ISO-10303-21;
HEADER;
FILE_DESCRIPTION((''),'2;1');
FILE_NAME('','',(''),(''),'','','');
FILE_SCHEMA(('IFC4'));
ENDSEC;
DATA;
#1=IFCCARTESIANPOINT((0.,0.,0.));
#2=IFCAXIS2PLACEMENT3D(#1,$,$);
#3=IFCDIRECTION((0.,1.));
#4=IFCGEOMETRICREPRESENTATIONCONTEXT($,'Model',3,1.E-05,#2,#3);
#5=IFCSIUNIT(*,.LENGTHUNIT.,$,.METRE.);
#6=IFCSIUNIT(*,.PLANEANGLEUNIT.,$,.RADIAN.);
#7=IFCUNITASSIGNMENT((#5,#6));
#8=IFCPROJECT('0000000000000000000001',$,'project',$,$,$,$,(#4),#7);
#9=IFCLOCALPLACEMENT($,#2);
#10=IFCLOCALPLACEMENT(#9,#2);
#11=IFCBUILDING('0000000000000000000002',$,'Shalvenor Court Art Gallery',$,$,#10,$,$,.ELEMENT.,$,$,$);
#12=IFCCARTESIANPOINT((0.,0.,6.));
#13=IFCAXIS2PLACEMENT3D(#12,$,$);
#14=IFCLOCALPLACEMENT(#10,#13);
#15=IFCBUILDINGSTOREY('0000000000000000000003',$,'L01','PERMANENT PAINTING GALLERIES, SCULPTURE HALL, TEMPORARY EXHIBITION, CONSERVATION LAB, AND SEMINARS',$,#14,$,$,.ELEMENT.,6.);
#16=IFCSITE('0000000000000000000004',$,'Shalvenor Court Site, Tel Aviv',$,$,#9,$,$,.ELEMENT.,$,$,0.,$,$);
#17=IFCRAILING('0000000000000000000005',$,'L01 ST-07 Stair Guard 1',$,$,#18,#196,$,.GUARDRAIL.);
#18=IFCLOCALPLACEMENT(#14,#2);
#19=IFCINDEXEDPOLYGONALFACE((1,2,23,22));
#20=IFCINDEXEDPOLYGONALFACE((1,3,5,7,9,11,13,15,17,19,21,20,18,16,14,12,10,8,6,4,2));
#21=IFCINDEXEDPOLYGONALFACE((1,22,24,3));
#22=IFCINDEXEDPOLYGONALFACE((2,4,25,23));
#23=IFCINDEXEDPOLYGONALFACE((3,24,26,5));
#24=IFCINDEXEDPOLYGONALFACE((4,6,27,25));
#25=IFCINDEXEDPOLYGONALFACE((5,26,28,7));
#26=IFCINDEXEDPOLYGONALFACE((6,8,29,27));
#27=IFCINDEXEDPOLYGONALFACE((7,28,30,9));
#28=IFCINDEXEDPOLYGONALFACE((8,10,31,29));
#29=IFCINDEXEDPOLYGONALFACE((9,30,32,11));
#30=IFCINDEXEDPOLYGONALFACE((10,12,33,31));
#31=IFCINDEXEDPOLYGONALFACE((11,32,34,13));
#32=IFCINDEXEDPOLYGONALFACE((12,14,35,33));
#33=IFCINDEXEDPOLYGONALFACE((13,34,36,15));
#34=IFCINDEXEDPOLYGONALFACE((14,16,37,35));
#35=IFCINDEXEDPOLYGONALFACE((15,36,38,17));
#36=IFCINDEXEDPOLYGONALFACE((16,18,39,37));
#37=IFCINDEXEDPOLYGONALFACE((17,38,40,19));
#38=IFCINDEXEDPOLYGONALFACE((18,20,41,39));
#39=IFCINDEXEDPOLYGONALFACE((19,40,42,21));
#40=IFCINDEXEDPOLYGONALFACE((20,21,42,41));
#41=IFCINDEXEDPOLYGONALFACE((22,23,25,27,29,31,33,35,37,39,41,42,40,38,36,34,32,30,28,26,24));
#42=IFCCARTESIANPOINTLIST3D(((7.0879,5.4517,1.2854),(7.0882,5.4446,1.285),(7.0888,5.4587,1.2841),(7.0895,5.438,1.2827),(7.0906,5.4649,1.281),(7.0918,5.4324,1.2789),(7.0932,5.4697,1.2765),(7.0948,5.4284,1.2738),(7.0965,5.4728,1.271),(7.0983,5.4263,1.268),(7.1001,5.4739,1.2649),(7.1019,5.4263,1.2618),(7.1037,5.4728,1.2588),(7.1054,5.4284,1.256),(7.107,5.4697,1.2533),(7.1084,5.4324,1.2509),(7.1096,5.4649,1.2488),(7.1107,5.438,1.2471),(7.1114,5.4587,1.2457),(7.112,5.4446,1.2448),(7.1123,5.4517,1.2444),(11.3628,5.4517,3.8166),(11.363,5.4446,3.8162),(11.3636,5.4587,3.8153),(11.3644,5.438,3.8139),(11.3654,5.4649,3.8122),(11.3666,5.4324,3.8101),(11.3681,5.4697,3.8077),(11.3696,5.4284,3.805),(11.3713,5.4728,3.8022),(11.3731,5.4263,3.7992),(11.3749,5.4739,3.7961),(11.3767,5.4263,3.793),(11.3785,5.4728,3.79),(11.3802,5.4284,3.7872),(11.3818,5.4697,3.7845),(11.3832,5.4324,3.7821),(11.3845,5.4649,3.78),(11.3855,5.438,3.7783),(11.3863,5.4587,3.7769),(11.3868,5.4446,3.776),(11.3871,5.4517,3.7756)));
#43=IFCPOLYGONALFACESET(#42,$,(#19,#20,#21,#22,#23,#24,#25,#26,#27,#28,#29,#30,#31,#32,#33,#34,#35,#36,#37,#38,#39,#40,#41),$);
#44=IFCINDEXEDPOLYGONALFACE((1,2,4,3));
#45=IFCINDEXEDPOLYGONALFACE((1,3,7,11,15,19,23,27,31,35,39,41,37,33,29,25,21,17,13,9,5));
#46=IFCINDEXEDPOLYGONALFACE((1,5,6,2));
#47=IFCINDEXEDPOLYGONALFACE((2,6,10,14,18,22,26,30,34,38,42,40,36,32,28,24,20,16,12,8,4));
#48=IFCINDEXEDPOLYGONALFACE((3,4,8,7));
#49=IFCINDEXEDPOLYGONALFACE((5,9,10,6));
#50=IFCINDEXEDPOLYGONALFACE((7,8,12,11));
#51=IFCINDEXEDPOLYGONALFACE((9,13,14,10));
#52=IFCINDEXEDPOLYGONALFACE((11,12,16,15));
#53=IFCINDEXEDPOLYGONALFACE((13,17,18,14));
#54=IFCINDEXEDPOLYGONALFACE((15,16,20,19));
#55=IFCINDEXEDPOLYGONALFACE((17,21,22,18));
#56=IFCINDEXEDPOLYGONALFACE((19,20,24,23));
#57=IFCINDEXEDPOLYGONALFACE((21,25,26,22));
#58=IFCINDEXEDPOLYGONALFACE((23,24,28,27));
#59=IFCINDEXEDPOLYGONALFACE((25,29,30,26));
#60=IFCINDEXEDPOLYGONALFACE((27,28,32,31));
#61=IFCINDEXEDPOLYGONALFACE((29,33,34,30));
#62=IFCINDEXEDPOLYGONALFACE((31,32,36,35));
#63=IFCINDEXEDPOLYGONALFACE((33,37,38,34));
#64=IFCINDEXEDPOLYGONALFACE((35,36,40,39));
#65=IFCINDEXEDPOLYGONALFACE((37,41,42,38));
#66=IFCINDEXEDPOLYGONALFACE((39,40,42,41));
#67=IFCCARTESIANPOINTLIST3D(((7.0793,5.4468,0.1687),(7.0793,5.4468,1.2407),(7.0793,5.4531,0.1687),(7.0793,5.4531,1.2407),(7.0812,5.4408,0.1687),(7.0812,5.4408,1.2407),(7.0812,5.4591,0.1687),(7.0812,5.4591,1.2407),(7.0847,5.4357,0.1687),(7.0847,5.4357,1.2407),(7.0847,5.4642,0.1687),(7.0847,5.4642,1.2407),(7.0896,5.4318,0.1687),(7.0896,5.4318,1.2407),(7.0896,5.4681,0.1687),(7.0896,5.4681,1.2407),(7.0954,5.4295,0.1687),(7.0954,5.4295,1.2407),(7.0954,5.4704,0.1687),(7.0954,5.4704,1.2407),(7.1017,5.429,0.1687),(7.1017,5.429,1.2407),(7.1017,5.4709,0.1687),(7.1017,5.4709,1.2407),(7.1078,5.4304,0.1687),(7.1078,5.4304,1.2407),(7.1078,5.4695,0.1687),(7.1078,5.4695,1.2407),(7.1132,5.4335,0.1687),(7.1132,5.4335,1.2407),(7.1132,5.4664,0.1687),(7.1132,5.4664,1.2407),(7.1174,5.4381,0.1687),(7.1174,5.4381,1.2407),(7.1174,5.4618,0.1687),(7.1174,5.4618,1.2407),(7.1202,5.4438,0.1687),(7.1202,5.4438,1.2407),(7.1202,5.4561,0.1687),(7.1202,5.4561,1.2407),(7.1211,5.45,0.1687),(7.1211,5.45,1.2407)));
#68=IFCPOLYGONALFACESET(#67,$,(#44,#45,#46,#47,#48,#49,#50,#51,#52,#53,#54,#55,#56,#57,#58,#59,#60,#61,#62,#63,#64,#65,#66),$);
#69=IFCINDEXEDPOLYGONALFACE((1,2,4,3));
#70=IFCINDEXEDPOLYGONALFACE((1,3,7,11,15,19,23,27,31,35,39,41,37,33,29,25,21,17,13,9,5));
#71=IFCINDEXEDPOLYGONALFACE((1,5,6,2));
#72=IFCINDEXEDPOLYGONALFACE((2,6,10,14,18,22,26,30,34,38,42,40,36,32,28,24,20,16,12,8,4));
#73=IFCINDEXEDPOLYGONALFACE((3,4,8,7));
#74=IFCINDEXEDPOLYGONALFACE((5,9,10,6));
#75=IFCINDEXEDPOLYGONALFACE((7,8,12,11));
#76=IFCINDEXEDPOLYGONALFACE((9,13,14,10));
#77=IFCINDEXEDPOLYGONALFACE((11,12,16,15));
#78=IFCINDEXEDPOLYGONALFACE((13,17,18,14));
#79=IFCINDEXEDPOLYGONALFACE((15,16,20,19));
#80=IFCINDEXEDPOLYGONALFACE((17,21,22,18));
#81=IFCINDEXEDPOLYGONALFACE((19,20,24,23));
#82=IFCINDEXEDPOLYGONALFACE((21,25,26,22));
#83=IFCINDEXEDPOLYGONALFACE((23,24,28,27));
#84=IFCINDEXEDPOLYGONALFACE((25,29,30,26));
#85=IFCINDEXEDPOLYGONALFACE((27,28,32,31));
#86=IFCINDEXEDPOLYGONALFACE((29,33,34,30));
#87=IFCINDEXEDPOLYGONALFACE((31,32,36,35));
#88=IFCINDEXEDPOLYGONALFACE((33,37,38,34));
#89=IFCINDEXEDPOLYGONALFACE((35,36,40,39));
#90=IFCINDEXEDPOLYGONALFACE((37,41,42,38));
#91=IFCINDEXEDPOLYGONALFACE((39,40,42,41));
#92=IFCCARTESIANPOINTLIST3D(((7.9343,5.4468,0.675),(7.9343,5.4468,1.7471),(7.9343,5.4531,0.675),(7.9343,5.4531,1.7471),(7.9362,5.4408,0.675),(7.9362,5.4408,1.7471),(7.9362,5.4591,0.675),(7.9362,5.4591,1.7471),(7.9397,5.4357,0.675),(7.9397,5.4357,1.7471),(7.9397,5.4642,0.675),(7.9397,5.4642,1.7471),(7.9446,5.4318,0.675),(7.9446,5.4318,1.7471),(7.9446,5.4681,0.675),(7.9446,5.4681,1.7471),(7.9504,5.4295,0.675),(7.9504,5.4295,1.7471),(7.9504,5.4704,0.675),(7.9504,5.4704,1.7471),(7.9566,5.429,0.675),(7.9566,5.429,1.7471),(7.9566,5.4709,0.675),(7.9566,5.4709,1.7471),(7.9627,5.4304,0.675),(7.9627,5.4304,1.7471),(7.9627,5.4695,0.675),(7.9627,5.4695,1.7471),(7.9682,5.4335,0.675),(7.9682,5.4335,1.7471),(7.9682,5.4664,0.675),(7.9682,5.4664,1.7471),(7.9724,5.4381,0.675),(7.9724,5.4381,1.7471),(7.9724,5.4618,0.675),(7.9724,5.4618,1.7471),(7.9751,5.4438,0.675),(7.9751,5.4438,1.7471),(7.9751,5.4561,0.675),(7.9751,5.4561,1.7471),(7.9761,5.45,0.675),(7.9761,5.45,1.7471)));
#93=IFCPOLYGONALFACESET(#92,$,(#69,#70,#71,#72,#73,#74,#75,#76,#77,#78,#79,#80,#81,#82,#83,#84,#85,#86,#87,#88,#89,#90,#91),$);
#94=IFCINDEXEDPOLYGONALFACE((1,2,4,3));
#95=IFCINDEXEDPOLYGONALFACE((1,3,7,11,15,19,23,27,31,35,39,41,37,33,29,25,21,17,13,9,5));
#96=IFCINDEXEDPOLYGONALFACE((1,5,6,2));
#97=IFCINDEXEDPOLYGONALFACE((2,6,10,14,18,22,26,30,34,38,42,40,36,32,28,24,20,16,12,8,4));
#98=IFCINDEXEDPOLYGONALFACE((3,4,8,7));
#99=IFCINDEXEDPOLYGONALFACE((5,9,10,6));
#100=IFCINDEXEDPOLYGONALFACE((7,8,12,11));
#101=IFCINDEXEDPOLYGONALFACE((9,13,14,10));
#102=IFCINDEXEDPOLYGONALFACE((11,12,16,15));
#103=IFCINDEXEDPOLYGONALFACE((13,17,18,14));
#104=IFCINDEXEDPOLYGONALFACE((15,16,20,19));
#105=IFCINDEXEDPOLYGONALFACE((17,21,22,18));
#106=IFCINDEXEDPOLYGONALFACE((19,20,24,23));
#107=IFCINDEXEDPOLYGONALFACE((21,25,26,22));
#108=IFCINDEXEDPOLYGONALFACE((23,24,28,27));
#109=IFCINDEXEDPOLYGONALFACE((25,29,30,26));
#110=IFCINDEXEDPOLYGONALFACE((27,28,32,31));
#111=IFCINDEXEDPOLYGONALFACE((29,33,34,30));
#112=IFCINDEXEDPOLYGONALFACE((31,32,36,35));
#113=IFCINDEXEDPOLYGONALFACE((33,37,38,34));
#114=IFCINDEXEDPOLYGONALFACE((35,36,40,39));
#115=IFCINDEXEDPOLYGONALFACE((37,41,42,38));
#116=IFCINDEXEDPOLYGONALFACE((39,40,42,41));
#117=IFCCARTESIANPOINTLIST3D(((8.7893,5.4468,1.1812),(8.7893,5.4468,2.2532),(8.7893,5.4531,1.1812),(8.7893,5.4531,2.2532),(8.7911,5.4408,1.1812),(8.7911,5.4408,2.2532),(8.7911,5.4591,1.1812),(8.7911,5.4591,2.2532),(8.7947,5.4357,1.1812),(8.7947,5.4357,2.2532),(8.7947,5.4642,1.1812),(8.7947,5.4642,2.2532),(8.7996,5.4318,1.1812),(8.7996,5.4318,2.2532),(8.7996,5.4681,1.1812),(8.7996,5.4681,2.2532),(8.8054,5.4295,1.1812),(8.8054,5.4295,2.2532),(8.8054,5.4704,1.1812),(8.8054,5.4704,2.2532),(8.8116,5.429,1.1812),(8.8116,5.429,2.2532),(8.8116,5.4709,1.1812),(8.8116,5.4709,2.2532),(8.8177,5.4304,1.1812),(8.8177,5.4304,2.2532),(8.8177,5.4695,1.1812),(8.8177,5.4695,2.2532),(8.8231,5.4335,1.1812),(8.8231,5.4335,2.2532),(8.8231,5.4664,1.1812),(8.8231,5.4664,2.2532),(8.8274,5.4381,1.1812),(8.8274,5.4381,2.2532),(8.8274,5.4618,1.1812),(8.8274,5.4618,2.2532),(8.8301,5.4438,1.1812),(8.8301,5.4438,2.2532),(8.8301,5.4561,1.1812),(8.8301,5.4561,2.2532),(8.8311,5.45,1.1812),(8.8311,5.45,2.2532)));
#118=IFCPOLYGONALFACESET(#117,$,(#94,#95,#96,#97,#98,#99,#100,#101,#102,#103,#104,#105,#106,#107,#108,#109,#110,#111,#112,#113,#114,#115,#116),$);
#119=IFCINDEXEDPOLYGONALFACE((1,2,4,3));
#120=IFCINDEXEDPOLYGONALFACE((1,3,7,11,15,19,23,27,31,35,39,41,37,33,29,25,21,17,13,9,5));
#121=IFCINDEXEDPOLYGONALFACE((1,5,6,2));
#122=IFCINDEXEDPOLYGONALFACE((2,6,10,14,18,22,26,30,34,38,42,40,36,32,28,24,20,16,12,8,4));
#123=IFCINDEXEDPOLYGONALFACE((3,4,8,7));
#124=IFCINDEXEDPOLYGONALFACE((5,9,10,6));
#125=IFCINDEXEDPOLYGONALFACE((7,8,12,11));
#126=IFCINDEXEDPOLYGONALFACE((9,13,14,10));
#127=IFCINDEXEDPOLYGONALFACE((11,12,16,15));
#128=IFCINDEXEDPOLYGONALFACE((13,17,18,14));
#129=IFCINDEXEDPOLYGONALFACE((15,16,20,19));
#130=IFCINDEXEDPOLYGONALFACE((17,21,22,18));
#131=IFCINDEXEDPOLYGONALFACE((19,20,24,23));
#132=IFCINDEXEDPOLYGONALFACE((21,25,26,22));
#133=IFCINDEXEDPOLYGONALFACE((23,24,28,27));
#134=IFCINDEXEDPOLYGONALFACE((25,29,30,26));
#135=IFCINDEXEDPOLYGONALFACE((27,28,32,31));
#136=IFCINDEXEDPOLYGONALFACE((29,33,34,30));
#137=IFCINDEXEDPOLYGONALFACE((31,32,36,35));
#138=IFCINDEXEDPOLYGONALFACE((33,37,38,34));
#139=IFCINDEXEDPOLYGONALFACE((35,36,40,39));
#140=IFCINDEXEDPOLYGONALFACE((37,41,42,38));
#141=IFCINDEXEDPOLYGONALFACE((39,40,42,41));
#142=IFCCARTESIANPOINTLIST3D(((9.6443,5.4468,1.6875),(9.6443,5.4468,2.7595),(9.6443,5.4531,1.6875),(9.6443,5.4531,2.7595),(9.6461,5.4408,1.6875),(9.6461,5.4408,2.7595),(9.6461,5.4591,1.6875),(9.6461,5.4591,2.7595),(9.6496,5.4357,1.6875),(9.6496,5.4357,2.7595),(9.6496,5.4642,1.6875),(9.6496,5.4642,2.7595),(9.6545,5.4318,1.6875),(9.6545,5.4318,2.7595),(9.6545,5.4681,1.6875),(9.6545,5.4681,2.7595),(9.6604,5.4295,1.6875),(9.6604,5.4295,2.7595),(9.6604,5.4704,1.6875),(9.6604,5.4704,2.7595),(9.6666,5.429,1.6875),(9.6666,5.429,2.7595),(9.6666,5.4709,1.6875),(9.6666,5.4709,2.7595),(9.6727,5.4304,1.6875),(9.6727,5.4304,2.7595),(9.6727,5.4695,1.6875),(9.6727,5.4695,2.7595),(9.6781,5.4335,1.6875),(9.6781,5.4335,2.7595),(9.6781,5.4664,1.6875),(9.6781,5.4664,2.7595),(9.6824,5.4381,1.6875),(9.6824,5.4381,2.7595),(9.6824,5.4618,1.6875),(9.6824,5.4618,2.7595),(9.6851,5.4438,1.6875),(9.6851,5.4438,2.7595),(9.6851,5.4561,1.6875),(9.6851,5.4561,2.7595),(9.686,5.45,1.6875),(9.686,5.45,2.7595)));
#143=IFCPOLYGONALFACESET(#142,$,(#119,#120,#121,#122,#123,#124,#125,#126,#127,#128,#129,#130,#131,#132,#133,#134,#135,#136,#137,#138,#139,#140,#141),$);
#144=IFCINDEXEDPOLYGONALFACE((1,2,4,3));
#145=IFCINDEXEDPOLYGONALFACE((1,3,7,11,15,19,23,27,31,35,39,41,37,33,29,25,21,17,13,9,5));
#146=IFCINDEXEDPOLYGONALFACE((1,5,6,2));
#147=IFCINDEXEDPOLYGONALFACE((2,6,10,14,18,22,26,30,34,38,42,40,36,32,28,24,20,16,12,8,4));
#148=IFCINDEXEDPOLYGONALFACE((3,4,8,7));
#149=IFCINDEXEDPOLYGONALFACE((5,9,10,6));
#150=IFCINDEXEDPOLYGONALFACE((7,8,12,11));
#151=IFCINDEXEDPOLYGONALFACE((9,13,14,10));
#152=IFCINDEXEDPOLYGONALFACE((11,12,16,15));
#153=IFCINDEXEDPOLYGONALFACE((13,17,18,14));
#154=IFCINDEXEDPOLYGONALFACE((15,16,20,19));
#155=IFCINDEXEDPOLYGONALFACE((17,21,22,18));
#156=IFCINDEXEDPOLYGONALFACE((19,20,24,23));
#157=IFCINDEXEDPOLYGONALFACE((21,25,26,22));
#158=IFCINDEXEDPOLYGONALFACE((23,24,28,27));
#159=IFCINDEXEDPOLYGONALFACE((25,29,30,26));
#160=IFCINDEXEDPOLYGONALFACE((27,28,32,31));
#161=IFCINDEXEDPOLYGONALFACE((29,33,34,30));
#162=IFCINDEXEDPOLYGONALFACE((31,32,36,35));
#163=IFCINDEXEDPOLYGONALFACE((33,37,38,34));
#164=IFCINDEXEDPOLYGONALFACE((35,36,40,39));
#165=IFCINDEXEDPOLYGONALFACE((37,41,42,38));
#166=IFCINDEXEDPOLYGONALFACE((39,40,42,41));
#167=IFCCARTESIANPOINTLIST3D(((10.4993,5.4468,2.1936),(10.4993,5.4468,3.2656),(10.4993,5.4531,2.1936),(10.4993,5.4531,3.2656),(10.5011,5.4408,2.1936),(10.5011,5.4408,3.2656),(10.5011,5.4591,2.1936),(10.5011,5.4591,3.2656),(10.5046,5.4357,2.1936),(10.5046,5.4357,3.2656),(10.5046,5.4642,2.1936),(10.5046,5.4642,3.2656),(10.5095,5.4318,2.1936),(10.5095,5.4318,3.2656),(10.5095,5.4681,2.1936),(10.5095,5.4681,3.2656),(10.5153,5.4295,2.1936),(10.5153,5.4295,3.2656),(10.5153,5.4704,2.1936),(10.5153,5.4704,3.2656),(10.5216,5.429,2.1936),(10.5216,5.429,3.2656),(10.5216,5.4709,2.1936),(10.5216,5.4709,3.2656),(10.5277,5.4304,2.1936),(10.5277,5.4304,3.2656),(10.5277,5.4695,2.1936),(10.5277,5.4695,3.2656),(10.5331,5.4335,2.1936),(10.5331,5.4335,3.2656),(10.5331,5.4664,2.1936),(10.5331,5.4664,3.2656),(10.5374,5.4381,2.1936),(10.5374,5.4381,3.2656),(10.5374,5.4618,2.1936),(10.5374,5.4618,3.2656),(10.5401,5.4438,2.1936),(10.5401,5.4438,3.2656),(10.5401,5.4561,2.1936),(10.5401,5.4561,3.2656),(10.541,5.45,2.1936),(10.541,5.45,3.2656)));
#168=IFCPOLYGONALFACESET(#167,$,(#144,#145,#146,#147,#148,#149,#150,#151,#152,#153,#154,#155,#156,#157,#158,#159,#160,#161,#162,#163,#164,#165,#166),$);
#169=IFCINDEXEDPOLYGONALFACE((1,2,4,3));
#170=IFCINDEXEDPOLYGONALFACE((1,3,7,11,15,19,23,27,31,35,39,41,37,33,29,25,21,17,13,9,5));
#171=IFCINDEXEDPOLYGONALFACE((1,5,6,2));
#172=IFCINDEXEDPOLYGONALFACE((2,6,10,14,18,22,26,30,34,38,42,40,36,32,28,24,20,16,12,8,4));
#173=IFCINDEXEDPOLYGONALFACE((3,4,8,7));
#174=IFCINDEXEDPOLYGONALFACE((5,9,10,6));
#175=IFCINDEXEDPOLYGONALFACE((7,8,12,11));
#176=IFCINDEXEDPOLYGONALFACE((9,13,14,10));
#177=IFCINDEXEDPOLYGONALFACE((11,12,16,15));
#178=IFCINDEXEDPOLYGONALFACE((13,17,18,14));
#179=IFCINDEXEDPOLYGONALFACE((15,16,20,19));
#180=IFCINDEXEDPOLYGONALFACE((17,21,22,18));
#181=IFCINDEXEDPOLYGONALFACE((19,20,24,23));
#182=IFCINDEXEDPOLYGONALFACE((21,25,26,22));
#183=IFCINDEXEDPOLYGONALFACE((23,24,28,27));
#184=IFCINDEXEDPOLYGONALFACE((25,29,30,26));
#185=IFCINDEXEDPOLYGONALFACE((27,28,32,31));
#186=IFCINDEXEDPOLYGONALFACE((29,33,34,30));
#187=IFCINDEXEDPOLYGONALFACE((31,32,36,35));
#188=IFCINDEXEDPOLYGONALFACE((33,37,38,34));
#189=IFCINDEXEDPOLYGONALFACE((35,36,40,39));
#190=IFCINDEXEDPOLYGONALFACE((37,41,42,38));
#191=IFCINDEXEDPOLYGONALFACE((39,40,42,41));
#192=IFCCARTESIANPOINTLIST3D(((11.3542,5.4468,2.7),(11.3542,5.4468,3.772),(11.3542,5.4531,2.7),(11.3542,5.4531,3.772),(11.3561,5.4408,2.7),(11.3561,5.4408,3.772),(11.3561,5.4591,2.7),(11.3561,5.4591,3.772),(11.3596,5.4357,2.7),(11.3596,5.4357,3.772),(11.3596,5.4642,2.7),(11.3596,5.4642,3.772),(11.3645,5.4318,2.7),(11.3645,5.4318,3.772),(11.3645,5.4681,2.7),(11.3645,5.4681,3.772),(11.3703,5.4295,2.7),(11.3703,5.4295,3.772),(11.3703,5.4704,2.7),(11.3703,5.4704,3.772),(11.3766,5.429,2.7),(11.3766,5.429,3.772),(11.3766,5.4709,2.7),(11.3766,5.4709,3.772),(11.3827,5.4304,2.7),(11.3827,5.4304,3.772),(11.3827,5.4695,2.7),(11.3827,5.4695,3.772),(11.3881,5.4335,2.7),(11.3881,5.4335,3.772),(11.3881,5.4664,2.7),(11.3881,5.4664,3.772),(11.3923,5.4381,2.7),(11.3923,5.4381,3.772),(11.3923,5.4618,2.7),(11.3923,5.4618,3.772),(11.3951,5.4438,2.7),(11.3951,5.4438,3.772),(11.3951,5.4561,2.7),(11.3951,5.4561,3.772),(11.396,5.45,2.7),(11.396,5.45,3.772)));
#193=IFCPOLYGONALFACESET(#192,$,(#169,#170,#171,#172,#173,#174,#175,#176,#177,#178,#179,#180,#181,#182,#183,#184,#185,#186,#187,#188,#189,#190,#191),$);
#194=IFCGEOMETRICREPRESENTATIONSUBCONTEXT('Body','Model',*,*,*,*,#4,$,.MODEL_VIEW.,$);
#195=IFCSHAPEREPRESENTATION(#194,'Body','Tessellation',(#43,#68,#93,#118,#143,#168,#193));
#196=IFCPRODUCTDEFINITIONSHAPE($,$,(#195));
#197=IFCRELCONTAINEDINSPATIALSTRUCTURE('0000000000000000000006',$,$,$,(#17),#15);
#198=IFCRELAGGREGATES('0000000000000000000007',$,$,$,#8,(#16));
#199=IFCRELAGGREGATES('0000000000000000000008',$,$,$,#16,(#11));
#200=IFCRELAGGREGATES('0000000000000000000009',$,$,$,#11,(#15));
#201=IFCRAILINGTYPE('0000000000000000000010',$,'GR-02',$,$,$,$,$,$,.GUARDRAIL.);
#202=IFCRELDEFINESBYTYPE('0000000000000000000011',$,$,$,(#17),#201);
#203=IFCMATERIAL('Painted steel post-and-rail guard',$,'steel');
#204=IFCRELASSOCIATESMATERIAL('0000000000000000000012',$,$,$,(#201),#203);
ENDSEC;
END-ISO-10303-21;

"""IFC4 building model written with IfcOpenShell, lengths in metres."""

from ifc_helpers import new_model, si_unit, direction, frame, origin, origin_2d, place, context, subcontext, project, spatial, circle, extrude, material, type_object, element, save


model = new_model("IFC4")

# Units and contexts
model_context = context("Model", 3, precision=1e-05, world=origin(), true_north=direction((0.0, 1.0)))
body_context = subcontext(model_context, "Body", "Model", "MODEL_VIEW")
ifc_project = project(units=[si_unit("LENGTHUNIT", "METRE"), si_unit("PLANEANGLEUNIT", "RADIAN")], contexts=[model_context])

# Site, building, storey
site_placement = place(None, origin())
site = spatial("IfcSite", under=ifc_project, at=site_placement, Name="Shalvenor Court Site, Tel Aviv", CompositionType="ELEMENT", RefElevation=0.0)
building_placement = place(site_placement, origin())
building = spatial("IfcBuilding", under=site, at=building_placement, Name="Shalvenor Court Art Gallery", CompositionType="ELEMENT")
storey_placement = place(building_placement, frame((0.0, 0.0, 6.0)))
storey = spatial("IfcBuildingStorey", under=building, at=storey_placement, Name="L01", Description="PERMANENT PAINTING GALLERIES, SCULPTURE HALL, TEMPORARY EXHIBITION, CONSERVATION LAB, AND SEMINARS", CompositionType="ELEMENT", Elevation=6.0)

# Railing
ifc_material_1 = material(Name="Painted steel post-and-rail guard", Category="steel")
railing_type_1 = type_object("IfcRailingType", Name="GR-02", PredefinedType="GUARDRAIL", material=ifc_material_1)
railing_1_placement = place(storey_placement, frame((7.1001, 5.45, 0.1687)))
element("IfcRailing", 1, at=railing_1_placement, inside=storey, type_object=railing_type_1, Name="L01 ST-07 Stair Guard 1", PredefinedType="GUARDRAIL", context=body_context, shape_type="SweptSolid", body=[
    extrude(circle(Radius=0.0239, at=origin_2d()), frame((0.0, 0.0, 1.0962), z_axis=(0.86047, 0.0, 0.509501), x_axis=(0.0, 1.0, 0.0)), (0.0, 0.0, 1.0), 4.968),
    extrude(circle(Radius=0.021, at=origin_2d()), origin(), (0.0, 0.0, 1.0), 1.072),
    extrude(circle(Radius=0.021, at=origin_2d()), frame((0.855, 0.0, 0.5063)), (0.0, 0.0, 1.0), 1.072),
    extrude(circle(Radius=0.021, at=origin_2d()), frame((1.71, 0.0, 1.0125)), (0.0, 0.0, 1.0), 1.072),
    extrude(circle(Radius=0.021, at=origin_2d()), frame((2.5649, 0.0, 1.5188)), (0.0, 0.0, 1.0), 1.072),
    extrude(circle(Radius=0.021, at=origin_2d()), frame((3.4199, 0.0, 2.0249)), (0.0, 0.0, 1.0), 1.072),
    extrude(circle(Radius=0.021, at=origin_2d()), frame((4.2749, 0.0, 2.5312)), (0.0, 0.0, 1.0), 1.072),
])

save(model, "model.ifc")
